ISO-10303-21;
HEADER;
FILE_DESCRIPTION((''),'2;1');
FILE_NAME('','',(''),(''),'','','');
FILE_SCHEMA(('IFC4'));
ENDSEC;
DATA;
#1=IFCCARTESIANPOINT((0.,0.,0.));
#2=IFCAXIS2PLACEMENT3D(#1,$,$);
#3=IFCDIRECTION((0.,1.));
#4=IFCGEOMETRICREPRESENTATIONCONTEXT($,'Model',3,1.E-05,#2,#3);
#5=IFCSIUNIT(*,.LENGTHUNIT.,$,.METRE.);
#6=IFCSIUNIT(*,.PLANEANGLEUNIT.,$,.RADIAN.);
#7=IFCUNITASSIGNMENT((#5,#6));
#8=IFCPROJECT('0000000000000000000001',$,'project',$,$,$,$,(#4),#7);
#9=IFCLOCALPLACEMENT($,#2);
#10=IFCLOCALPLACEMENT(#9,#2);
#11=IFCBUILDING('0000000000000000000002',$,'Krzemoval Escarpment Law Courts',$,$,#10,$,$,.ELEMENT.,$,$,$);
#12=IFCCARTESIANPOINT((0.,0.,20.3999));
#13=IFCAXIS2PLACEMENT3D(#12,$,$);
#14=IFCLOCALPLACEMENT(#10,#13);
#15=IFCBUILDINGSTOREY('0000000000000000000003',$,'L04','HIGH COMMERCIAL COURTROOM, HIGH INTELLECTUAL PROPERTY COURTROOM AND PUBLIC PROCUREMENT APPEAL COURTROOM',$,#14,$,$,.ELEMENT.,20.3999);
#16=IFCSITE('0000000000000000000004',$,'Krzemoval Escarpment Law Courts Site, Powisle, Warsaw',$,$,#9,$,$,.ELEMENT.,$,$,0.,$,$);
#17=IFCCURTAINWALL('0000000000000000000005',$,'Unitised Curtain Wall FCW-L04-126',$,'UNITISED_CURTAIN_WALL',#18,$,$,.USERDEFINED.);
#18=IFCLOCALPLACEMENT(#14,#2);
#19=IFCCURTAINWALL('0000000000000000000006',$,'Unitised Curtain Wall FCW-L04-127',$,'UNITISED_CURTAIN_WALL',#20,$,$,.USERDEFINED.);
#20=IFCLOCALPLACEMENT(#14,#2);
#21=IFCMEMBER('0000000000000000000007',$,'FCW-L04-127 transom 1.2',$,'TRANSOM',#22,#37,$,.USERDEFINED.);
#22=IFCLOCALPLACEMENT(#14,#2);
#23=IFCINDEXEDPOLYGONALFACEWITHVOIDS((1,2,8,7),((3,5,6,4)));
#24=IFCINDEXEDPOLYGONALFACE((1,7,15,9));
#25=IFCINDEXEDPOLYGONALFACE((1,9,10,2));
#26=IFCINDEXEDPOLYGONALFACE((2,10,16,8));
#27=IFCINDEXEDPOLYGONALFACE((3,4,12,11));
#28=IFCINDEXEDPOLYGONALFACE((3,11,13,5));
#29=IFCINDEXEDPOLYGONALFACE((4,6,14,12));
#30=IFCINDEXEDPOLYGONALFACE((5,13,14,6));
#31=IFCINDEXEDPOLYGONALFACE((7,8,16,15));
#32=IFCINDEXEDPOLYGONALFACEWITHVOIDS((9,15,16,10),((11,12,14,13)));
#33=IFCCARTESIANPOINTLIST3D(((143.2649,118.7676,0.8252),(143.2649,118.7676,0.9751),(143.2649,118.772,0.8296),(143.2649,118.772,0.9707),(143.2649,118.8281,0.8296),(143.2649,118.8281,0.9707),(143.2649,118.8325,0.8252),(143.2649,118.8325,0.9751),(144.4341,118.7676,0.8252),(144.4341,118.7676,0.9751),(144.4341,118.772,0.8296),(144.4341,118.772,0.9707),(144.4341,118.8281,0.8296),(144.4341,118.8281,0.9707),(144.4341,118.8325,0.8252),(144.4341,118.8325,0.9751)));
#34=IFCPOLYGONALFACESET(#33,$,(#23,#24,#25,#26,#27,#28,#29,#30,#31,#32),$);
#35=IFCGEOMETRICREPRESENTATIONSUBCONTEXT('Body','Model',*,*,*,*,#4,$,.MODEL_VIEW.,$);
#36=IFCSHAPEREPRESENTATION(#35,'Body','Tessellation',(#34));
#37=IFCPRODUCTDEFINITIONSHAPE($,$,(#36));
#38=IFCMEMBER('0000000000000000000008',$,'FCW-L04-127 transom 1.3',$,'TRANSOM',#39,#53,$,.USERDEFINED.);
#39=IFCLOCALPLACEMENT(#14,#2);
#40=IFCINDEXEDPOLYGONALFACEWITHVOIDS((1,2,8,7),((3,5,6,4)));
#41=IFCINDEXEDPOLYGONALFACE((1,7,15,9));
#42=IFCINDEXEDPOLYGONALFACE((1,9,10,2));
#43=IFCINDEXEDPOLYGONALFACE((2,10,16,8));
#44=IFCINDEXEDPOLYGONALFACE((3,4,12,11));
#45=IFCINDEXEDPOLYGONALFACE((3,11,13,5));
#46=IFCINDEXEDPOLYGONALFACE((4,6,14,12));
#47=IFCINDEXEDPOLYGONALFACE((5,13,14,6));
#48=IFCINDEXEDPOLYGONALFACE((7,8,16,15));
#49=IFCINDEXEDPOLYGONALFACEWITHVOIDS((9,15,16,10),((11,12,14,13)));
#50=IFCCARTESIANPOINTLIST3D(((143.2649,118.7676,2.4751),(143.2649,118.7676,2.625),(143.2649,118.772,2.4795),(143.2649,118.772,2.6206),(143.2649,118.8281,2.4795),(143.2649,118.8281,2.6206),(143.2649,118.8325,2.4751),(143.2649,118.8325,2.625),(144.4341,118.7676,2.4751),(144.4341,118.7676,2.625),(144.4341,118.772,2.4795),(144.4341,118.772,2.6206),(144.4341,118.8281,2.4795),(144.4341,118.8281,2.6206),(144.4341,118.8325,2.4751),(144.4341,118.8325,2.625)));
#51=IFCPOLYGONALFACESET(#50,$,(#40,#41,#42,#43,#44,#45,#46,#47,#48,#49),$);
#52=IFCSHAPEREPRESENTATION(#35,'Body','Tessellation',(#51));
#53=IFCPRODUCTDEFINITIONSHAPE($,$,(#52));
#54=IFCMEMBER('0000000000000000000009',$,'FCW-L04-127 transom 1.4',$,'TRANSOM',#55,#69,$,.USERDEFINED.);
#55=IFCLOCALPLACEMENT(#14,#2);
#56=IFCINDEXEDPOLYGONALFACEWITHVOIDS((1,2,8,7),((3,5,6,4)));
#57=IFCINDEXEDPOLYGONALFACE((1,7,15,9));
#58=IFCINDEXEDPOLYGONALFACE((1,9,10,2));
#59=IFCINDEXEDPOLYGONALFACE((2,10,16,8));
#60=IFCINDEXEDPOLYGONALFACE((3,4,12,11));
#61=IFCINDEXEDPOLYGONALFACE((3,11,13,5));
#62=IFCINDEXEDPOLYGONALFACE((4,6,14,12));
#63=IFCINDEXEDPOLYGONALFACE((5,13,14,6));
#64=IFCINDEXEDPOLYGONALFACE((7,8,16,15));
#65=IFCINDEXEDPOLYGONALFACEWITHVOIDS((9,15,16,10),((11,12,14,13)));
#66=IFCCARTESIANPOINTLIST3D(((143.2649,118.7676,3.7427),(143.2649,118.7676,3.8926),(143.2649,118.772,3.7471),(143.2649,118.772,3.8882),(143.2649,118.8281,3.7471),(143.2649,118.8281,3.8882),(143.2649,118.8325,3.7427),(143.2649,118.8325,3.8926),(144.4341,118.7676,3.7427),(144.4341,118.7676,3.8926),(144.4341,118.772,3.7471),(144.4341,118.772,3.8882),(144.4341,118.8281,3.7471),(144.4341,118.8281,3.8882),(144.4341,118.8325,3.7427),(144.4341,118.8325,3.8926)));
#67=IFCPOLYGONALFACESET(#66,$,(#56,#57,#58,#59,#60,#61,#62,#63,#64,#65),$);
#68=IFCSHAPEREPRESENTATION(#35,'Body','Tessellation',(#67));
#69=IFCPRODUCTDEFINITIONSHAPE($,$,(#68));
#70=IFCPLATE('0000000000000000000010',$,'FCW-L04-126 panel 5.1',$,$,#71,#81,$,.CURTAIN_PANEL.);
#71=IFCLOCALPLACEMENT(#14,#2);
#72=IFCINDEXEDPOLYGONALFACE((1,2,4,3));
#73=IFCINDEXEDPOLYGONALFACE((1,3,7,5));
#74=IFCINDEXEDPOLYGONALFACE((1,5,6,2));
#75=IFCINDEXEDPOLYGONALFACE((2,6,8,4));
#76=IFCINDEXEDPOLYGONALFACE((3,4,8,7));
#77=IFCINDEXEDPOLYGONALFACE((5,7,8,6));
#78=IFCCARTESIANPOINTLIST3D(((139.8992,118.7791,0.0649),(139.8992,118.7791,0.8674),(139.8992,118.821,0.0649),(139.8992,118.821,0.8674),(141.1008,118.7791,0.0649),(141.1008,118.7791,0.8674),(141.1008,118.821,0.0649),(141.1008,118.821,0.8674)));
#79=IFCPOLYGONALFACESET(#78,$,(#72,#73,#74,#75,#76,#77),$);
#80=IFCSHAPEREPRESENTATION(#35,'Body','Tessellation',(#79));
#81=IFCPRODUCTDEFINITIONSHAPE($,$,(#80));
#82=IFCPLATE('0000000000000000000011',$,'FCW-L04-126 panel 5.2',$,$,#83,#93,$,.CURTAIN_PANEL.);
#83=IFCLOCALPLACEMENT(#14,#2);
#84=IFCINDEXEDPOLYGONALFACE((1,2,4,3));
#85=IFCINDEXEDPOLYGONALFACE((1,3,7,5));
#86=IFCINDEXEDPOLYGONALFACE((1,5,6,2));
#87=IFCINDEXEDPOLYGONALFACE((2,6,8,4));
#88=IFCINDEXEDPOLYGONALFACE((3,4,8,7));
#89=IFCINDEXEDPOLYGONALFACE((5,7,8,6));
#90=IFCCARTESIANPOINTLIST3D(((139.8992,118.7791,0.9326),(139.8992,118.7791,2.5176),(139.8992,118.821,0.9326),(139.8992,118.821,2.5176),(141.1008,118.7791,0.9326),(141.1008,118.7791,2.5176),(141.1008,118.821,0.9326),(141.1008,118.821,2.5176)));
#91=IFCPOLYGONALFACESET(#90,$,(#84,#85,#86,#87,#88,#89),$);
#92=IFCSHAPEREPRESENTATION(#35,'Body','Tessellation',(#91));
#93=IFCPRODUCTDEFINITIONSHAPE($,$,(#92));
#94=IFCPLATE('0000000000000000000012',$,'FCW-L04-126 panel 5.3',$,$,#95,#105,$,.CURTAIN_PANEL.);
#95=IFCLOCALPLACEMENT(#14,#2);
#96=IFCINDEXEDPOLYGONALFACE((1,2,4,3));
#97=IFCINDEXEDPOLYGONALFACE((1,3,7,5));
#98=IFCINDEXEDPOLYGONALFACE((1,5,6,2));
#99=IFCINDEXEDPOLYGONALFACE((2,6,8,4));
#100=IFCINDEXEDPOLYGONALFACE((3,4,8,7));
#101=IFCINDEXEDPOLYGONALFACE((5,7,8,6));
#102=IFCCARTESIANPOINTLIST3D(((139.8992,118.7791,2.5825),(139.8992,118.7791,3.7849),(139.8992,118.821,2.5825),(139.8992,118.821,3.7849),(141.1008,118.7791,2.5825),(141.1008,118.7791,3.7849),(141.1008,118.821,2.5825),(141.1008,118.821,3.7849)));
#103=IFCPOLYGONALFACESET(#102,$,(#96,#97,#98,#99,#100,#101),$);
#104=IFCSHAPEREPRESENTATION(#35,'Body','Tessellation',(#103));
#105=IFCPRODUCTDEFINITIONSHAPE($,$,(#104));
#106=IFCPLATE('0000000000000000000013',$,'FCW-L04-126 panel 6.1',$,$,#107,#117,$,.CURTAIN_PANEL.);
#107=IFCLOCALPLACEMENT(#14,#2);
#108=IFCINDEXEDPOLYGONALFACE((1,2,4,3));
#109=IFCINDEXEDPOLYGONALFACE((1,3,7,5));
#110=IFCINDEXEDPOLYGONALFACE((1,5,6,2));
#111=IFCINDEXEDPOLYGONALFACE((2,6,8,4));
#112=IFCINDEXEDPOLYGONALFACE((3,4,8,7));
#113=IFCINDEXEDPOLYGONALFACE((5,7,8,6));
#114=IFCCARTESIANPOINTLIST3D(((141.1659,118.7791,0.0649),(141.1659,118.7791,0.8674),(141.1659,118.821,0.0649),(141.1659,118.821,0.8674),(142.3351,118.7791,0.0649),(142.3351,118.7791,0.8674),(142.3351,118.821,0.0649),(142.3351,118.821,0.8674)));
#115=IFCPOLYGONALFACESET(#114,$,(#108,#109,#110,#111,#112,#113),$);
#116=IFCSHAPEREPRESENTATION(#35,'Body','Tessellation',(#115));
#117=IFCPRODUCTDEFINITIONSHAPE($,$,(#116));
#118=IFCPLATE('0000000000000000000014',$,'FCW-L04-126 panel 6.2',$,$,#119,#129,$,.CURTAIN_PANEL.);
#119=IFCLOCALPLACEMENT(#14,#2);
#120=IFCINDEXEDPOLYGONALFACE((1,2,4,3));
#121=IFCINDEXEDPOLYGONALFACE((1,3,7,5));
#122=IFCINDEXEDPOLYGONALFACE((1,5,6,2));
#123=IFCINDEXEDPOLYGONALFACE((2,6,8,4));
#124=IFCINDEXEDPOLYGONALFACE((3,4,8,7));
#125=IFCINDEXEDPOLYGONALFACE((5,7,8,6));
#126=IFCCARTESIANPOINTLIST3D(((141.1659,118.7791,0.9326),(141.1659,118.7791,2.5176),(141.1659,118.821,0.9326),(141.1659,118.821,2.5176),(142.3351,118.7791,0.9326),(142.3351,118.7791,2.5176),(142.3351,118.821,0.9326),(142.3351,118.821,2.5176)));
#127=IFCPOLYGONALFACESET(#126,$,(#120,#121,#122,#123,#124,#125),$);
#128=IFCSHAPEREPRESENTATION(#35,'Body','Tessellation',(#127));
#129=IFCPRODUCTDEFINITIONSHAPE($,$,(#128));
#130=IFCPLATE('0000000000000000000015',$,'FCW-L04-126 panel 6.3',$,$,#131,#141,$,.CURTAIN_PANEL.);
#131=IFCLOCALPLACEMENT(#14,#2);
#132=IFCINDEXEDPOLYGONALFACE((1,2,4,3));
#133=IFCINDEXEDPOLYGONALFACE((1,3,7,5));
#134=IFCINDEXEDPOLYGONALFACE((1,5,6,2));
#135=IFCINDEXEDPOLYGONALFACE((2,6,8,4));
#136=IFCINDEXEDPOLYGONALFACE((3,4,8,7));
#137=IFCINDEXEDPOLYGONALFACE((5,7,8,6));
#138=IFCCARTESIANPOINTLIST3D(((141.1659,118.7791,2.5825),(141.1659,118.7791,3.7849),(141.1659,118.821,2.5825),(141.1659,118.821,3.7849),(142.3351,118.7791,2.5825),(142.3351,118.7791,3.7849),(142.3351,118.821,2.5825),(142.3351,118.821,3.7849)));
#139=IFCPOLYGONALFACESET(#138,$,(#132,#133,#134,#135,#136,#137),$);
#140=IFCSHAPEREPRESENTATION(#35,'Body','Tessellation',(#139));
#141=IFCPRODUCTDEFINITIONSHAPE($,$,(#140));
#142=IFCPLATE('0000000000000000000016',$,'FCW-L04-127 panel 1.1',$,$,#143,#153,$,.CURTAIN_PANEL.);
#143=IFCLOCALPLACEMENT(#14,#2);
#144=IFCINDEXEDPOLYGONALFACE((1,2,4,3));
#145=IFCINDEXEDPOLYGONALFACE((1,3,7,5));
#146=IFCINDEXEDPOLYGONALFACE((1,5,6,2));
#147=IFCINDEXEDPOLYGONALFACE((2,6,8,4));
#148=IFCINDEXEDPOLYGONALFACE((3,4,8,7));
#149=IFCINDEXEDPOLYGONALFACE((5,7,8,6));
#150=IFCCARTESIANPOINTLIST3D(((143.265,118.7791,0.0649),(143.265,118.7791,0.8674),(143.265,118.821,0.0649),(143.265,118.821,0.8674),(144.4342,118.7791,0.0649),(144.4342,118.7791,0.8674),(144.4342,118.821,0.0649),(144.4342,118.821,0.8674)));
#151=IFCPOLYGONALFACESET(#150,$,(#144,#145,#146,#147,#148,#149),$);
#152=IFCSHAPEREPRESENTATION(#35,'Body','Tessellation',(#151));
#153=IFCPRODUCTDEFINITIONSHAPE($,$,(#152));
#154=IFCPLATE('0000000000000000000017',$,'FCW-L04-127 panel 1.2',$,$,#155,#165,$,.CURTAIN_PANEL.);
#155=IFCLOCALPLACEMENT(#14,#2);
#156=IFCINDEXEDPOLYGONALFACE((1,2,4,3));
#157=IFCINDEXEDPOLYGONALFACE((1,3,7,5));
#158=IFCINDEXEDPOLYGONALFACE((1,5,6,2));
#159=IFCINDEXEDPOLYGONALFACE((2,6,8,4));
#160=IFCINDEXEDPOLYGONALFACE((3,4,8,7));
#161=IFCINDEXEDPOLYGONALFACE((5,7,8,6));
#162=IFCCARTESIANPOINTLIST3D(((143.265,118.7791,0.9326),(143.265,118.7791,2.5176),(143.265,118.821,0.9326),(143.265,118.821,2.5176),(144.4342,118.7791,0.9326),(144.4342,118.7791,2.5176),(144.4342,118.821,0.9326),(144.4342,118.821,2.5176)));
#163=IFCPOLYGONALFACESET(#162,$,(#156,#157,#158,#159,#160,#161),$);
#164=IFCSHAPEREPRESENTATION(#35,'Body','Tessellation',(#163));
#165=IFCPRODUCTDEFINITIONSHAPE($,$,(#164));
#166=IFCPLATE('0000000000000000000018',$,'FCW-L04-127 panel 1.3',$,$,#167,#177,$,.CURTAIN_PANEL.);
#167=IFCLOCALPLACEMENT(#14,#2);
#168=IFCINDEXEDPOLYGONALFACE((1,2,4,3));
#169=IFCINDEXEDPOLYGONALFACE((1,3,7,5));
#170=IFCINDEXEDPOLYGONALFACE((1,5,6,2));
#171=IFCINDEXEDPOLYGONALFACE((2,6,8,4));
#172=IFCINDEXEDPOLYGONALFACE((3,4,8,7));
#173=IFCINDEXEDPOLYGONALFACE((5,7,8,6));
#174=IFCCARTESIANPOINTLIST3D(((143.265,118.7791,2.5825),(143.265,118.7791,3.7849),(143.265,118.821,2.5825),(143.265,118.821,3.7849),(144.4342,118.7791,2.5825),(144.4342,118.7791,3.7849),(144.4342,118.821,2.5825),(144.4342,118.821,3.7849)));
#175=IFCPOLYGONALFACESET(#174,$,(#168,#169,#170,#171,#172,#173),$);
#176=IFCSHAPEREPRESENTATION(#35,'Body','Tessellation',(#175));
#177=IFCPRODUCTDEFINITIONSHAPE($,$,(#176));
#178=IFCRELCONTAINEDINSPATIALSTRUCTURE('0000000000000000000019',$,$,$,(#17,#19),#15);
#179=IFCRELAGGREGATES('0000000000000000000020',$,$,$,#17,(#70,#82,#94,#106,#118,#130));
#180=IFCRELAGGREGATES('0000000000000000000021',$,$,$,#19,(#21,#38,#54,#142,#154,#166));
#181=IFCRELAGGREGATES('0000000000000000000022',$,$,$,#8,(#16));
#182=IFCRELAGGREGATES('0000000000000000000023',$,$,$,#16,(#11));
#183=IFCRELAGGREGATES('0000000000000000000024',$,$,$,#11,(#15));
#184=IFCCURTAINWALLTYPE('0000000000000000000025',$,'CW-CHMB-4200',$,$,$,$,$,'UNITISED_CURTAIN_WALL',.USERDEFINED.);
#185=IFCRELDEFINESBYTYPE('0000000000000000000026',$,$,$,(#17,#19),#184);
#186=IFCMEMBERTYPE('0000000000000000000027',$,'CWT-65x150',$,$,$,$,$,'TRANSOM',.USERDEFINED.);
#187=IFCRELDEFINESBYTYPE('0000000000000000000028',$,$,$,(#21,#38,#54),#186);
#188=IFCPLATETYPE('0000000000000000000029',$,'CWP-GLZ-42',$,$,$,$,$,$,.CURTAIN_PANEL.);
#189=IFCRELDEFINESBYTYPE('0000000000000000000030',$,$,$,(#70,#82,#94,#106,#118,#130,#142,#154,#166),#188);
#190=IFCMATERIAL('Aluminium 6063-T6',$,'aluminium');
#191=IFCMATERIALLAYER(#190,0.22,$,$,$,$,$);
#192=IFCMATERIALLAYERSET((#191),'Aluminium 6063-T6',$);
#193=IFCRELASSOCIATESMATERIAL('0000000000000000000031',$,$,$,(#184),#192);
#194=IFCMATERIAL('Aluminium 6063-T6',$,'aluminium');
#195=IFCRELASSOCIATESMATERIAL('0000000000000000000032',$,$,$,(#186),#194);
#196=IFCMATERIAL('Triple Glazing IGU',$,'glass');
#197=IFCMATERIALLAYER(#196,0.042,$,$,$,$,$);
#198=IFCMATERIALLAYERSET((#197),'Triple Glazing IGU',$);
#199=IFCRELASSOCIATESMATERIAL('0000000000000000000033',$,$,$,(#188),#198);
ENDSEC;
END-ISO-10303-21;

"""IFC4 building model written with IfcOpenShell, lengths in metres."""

from ifc_helpers import new_model, si_unit, direction, frame, origin, origin_2d, place, context, subcontext, project, spatial, rectangle, hollow_rectangle, extrude, material, layer, layer_set, material_profile, profile_set, type_object, element, aggregate, save


model = new_model("IFC4")

# Units and contexts
model_context = context("Model", 3, precision=1e-05, world=origin(), true_north=direction((0.0, 1.0)))
body_context = subcontext(model_context, "Body", "Model", "MODEL_VIEW")
ifc_project = project(units=[si_unit("LENGTHUNIT", "METRE"), si_unit("PLANEANGLEUNIT", "RADIAN")], contexts=[model_context])

# Site, building, storey
site_placement = place(None, origin())
site = spatial("IfcSite", under=ifc_project, at=site_placement, Name="Krzemoval Escarpment Law Courts Site, Powisle, Warsaw", CompositionType="ELEMENT", RefElevation=0.0)
building_placement = place(site_placement, origin())
building = spatial("IfcBuilding", under=site, at=building_placement, Name="Krzemoval Escarpment Law Courts", CompositionType="ELEMENT")
storey_placement = place(building_placement, frame((0.0, 0.0, 20.3999)))
storey = spatial("IfcBuildingStorey", under=building, at=storey_placement, Name="L04", Description="HIGH COMMERCIAL COURTROOM, HIGH INTELLECTUAL PROPERTY COURTROOM AND PUBLIC PROCUREMENT APPEAL COURTROOM", CompositionType="ELEMENT", Elevation=20.3999)

# Curtain wall
ifc_material_1 = material(Name="Aluminium 6063-T6", Category="aluminium")
ifc_layer_1 = layer(ifc_material_1, 0.22)
ifc_layer_set_1 = layer_set([ifc_layer_1], Name="Aluminium 6063-T6")
curtain_wall_type = type_object("IfcCurtainWallType", Name="CW-CHMB-4200", ElementType="UNITISED_CURTAIN_WALL", PredefinedType="USERDEFINED", material=ifc_layer_set_1)
curtain_wall_1_placement = place(storey_placement, origin())
curtain_wall_1 = element("IfcCurtainWall", 1, at=curtain_wall_1_placement, inside=storey, type_object=curtain_wall_type, Name="Unitised Curtain Wall FCW-L04-126", ObjectType="UNITISED_CURTAIN_WALL", PredefinedType="USERDEFINED")

# Curtain wall
curtain_wall_2_placement = place(storey_placement, origin())
curtain_wall_2 = element("IfcCurtainWall", 2, at=curtain_wall_2_placement, inside=storey, type_object=curtain_wall_type, Name="Unitised Curtain Wall FCW-L04-127", ObjectType="UNITISED_CURTAIN_WALL", PredefinedType="USERDEFINED")

# Members
ifc_material_2 = material(Name="Aluminium 6063-T6", Category="aluminium")
ifc_material_profile_1 = material_profile(ifc_material_2, hollow_rectangle(XDim=0.0649, YDim=0.1499, WallThickness=0.0044, at=origin_2d()), Name="ALU T65x150")
ifc_profile_set_1 = profile_set([ifc_material_profile_1], Name="Aluminium 6063-T6")
member_type_1 = type_object("IfcMemberType", Name="CWT-65x150", ElementType="TRANSOM", PredefinedType="USERDEFINED", material=ifc_profile_set_1)
member_1_placement = place(storey_placement, frame((143.2649, 118.8, 0.9001), z_axis=(1.0, 0.0, 0.0), x_axis=(0.0, 1.0, 0.0)))
member_1 = element("IfcMember", 3, at=member_1_placement, type_object=member_type_1, Name="FCW-L04-127 transom 1.2", ObjectType="TRANSOM", PredefinedType="USERDEFINED", context=body_context, shape_type="SweptSolid", body=[
    extrude(hollow_rectangle(XDim=0.0649, YDim=0.1499, WallThickness=0.0044, at=origin_2d()), origin(), (0.0, 0.0, 1.0), 1.1692),
])
member_2_placement = place(storey_placement, frame((143.2649, 118.8, 2.55), z_axis=(1.0, 0.0, 0.0), x_axis=(0.0, 1.0, 0.0)))
member_2 = element("IfcMember", 4, at=member_2_placement, type_object=member_type_1, Name="FCW-L04-127 transom 1.3", ObjectType="TRANSOM", PredefinedType="USERDEFINED", context=body_context, shape_type="SweptSolid", body=[
    extrude(hollow_rectangle(XDim=0.0649, YDim=0.1499, WallThickness=0.0044, at=origin_2d()), origin(), (0.0, 0.0, 1.0), 1.1692),
])
member_3_placement = place(storey_placement, frame((143.2649, 118.8, 3.8176), z_axis=(1.0, 0.0, 0.0), x_axis=(0.0, 1.0, 0.0)))
member_3 = element("IfcMember", 5, at=member_3_placement, type_object=member_type_1, Name="FCW-L04-127 transom 1.4", ObjectType="TRANSOM", PredefinedType="USERDEFINED", context=body_context, shape_type="SweptSolid", body=[
    extrude(hollow_rectangle(XDim=0.0649, YDim=0.1499, WallThickness=0.0044, at=origin_2d()), origin(), (0.0, 0.0, 1.0), 1.1692),
])

# Plates
ifc_material_3 = material(Name="Triple Glazing IGU", Category="glass")
ifc_layer_2 = layer(ifc_material_3, 0.042)
ifc_layer_set_2 = layer_set([ifc_layer_2], Name="Triple Glazing IGU")
plate_type = type_object("IfcPlateType", Name="CWP-GLZ-42", PredefinedType="CURTAIN_PANEL", material=ifc_layer_set_2)
plate_1_placement = place(storey_placement, frame((140.5, 118.8, 0.0649), z_axis=(0.0, 0.0, 1.0), x_axis=(1.0, 0.0, 0.0)))
plate_1 = element("IfcPlate", 6, at=plate_1_placement, type_object=plate_type, Name="FCW-L04-126 panel 5.1", PredefinedType="CURTAIN_PANEL", context=body_context, shape_type="SweptSolid", body=[
    extrude(rectangle(XDim=1.2017, YDim=0.042, at=origin_2d()), origin(), (0.0, 0.0, 1.0), 0.8025),
])
plate_2_placement = place(storey_placement, frame((140.5, 118.8, 0.9326), z_axis=(0.0, 0.0, 1.0), x_axis=(1.0, 0.0, 0.0)))
plate_2 = element("IfcPlate", 7, at=plate_2_placement, type_object=plate_type, Name="FCW-L04-126 panel 5.2", PredefinedType="CURTAIN_PANEL", context=body_context, shape_type="SweptSolid", body=[
    extrude(rectangle(XDim=1.2017, YDim=0.042, at=origin_2d()), origin(), (0.0, 0.0, 1.0), 1.585),
])
plate_3_placement = place(storey_placement, frame((140.5, 118.8, 2.5825), z_axis=(0.0, 0.0, 1.0), x_axis=(1.0, 0.0, 0.0)))
plate_3 = element("IfcPlate", 8, at=plate_3_placement, type_object=plate_type, Name="FCW-L04-126 panel 5.3", PredefinedType="CURTAIN_PANEL", context=body_context, shape_type="SweptSolid", body=[
    extrude(rectangle(XDim=1.2017, YDim=0.042, at=origin_2d()), origin(), (0.0, 0.0, 1.0), 1.2024),
])
plate_4_placement = place(storey_placement, frame((141.7505, 118.8, 0.0649), z_axis=(0.0, 0.0, 1.0), x_axis=(1.0, 0.0, 0.0)))
plate_4 = element("IfcPlate", 9, at=plate_4_placement, type_object=plate_type, Name="FCW-L04-126 panel 6.1", PredefinedType="CURTAIN_PANEL", context=body_context, shape_type="SweptSolid", body=[
    extrude(rectangle(XDim=1.1692, YDim=0.042, at=origin_2d()), origin(), (0.0, 0.0, 1.0), 0.8025),
])
plate_5_placement = place(storey_placement, frame((141.7505, 118.8, 0.9326), z_axis=(0.0, 0.0, 1.0), x_axis=(1.0, 0.0, 0.0)))
plate_5 = element("IfcPlate", 10, at=plate_5_placement, type_object=plate_type, Name="FCW-L04-126 panel 6.2", PredefinedType="CURTAIN_PANEL", context=body_context, shape_type="SweptSolid", body=[
    extrude(rectangle(XDim=1.1692, YDim=0.042, at=origin_2d()), origin(), (0.0, 0.0, 1.0), 1.585),
])
plate_6_placement = place(storey_placement, frame((141.7505, 118.8, 2.5825), z_axis=(0.0, 0.0, 1.0), x_axis=(1.0, 0.0, 0.0)))
plate_6 = element("IfcPlate", 11, at=plate_6_placement, type_object=plate_type, Name="FCW-L04-126 panel 6.3", PredefinedType="CURTAIN_PANEL", context=body_context, shape_type="SweptSolid", body=[
    extrude(rectangle(XDim=1.1692, YDim=0.042, at=origin_2d()), origin(), (0.0, 0.0, 1.0), 1.2024),
])
aggregate(curtain_wall_1, [plate_1, plate_2, plate_3, plate_4, plate_5, plate_6])
plate_7_placement = place(storey_placement, frame((143.8496, 118.8, 0.0649), z_axis=(0.0, 0.0, 1.0), x_axis=(1.0, 0.0, 0.0)))
plate_7 = element("IfcPlate", 12, at=plate_7_placement, type_object=plate_type, Name="FCW-L04-127 panel 1.1", PredefinedType="CURTAIN_PANEL", context=body_context, shape_type="SweptSolid", body=[
    extrude(rectangle(XDim=1.1692, YDim=0.042, at=origin_2d()), origin(), (0.0, 0.0, 1.0), 0.8025),
])
plate_8_placement = place(storey_placement, frame((143.8496, 118.8, 0.9326), z_axis=(0.0, 0.0, 1.0), x_axis=(1.0, 0.0, 0.0)))
plate_8 = element("IfcPlate", 13, at=plate_8_placement, type_object=plate_type, Name="FCW-L04-127 panel 1.2", PredefinedType="CURTAIN_PANEL", context=body_context, shape_type="SweptSolid", body=[
    extrude(rectangle(XDim=1.1692, YDim=0.042, at=origin_2d()), origin(), (0.0, 0.0, 1.0), 1.585),
])
plate_9_placement = place(storey_placement, frame((143.8496, 118.8, 2.5825), z_axis=(0.0, 0.0, 1.0), x_axis=(1.0, 0.0, 0.0)))
plate_9 = element("IfcPlate", 14, at=plate_9_placement, type_object=plate_type, Name="FCW-L04-127 panel 1.3", PredefinedType="CURTAIN_PANEL", context=body_context, shape_type="SweptSolid", body=[
    extrude(rectangle(XDim=1.1692, YDim=0.042, at=origin_2d()), origin(), (0.0, 0.0, 1.0), 1.2024),
])
aggregate(curtain_wall_2, [member_1, member_2, member_3, plate_7, plate_8, plate_9])

save(model, "model.ifc")
